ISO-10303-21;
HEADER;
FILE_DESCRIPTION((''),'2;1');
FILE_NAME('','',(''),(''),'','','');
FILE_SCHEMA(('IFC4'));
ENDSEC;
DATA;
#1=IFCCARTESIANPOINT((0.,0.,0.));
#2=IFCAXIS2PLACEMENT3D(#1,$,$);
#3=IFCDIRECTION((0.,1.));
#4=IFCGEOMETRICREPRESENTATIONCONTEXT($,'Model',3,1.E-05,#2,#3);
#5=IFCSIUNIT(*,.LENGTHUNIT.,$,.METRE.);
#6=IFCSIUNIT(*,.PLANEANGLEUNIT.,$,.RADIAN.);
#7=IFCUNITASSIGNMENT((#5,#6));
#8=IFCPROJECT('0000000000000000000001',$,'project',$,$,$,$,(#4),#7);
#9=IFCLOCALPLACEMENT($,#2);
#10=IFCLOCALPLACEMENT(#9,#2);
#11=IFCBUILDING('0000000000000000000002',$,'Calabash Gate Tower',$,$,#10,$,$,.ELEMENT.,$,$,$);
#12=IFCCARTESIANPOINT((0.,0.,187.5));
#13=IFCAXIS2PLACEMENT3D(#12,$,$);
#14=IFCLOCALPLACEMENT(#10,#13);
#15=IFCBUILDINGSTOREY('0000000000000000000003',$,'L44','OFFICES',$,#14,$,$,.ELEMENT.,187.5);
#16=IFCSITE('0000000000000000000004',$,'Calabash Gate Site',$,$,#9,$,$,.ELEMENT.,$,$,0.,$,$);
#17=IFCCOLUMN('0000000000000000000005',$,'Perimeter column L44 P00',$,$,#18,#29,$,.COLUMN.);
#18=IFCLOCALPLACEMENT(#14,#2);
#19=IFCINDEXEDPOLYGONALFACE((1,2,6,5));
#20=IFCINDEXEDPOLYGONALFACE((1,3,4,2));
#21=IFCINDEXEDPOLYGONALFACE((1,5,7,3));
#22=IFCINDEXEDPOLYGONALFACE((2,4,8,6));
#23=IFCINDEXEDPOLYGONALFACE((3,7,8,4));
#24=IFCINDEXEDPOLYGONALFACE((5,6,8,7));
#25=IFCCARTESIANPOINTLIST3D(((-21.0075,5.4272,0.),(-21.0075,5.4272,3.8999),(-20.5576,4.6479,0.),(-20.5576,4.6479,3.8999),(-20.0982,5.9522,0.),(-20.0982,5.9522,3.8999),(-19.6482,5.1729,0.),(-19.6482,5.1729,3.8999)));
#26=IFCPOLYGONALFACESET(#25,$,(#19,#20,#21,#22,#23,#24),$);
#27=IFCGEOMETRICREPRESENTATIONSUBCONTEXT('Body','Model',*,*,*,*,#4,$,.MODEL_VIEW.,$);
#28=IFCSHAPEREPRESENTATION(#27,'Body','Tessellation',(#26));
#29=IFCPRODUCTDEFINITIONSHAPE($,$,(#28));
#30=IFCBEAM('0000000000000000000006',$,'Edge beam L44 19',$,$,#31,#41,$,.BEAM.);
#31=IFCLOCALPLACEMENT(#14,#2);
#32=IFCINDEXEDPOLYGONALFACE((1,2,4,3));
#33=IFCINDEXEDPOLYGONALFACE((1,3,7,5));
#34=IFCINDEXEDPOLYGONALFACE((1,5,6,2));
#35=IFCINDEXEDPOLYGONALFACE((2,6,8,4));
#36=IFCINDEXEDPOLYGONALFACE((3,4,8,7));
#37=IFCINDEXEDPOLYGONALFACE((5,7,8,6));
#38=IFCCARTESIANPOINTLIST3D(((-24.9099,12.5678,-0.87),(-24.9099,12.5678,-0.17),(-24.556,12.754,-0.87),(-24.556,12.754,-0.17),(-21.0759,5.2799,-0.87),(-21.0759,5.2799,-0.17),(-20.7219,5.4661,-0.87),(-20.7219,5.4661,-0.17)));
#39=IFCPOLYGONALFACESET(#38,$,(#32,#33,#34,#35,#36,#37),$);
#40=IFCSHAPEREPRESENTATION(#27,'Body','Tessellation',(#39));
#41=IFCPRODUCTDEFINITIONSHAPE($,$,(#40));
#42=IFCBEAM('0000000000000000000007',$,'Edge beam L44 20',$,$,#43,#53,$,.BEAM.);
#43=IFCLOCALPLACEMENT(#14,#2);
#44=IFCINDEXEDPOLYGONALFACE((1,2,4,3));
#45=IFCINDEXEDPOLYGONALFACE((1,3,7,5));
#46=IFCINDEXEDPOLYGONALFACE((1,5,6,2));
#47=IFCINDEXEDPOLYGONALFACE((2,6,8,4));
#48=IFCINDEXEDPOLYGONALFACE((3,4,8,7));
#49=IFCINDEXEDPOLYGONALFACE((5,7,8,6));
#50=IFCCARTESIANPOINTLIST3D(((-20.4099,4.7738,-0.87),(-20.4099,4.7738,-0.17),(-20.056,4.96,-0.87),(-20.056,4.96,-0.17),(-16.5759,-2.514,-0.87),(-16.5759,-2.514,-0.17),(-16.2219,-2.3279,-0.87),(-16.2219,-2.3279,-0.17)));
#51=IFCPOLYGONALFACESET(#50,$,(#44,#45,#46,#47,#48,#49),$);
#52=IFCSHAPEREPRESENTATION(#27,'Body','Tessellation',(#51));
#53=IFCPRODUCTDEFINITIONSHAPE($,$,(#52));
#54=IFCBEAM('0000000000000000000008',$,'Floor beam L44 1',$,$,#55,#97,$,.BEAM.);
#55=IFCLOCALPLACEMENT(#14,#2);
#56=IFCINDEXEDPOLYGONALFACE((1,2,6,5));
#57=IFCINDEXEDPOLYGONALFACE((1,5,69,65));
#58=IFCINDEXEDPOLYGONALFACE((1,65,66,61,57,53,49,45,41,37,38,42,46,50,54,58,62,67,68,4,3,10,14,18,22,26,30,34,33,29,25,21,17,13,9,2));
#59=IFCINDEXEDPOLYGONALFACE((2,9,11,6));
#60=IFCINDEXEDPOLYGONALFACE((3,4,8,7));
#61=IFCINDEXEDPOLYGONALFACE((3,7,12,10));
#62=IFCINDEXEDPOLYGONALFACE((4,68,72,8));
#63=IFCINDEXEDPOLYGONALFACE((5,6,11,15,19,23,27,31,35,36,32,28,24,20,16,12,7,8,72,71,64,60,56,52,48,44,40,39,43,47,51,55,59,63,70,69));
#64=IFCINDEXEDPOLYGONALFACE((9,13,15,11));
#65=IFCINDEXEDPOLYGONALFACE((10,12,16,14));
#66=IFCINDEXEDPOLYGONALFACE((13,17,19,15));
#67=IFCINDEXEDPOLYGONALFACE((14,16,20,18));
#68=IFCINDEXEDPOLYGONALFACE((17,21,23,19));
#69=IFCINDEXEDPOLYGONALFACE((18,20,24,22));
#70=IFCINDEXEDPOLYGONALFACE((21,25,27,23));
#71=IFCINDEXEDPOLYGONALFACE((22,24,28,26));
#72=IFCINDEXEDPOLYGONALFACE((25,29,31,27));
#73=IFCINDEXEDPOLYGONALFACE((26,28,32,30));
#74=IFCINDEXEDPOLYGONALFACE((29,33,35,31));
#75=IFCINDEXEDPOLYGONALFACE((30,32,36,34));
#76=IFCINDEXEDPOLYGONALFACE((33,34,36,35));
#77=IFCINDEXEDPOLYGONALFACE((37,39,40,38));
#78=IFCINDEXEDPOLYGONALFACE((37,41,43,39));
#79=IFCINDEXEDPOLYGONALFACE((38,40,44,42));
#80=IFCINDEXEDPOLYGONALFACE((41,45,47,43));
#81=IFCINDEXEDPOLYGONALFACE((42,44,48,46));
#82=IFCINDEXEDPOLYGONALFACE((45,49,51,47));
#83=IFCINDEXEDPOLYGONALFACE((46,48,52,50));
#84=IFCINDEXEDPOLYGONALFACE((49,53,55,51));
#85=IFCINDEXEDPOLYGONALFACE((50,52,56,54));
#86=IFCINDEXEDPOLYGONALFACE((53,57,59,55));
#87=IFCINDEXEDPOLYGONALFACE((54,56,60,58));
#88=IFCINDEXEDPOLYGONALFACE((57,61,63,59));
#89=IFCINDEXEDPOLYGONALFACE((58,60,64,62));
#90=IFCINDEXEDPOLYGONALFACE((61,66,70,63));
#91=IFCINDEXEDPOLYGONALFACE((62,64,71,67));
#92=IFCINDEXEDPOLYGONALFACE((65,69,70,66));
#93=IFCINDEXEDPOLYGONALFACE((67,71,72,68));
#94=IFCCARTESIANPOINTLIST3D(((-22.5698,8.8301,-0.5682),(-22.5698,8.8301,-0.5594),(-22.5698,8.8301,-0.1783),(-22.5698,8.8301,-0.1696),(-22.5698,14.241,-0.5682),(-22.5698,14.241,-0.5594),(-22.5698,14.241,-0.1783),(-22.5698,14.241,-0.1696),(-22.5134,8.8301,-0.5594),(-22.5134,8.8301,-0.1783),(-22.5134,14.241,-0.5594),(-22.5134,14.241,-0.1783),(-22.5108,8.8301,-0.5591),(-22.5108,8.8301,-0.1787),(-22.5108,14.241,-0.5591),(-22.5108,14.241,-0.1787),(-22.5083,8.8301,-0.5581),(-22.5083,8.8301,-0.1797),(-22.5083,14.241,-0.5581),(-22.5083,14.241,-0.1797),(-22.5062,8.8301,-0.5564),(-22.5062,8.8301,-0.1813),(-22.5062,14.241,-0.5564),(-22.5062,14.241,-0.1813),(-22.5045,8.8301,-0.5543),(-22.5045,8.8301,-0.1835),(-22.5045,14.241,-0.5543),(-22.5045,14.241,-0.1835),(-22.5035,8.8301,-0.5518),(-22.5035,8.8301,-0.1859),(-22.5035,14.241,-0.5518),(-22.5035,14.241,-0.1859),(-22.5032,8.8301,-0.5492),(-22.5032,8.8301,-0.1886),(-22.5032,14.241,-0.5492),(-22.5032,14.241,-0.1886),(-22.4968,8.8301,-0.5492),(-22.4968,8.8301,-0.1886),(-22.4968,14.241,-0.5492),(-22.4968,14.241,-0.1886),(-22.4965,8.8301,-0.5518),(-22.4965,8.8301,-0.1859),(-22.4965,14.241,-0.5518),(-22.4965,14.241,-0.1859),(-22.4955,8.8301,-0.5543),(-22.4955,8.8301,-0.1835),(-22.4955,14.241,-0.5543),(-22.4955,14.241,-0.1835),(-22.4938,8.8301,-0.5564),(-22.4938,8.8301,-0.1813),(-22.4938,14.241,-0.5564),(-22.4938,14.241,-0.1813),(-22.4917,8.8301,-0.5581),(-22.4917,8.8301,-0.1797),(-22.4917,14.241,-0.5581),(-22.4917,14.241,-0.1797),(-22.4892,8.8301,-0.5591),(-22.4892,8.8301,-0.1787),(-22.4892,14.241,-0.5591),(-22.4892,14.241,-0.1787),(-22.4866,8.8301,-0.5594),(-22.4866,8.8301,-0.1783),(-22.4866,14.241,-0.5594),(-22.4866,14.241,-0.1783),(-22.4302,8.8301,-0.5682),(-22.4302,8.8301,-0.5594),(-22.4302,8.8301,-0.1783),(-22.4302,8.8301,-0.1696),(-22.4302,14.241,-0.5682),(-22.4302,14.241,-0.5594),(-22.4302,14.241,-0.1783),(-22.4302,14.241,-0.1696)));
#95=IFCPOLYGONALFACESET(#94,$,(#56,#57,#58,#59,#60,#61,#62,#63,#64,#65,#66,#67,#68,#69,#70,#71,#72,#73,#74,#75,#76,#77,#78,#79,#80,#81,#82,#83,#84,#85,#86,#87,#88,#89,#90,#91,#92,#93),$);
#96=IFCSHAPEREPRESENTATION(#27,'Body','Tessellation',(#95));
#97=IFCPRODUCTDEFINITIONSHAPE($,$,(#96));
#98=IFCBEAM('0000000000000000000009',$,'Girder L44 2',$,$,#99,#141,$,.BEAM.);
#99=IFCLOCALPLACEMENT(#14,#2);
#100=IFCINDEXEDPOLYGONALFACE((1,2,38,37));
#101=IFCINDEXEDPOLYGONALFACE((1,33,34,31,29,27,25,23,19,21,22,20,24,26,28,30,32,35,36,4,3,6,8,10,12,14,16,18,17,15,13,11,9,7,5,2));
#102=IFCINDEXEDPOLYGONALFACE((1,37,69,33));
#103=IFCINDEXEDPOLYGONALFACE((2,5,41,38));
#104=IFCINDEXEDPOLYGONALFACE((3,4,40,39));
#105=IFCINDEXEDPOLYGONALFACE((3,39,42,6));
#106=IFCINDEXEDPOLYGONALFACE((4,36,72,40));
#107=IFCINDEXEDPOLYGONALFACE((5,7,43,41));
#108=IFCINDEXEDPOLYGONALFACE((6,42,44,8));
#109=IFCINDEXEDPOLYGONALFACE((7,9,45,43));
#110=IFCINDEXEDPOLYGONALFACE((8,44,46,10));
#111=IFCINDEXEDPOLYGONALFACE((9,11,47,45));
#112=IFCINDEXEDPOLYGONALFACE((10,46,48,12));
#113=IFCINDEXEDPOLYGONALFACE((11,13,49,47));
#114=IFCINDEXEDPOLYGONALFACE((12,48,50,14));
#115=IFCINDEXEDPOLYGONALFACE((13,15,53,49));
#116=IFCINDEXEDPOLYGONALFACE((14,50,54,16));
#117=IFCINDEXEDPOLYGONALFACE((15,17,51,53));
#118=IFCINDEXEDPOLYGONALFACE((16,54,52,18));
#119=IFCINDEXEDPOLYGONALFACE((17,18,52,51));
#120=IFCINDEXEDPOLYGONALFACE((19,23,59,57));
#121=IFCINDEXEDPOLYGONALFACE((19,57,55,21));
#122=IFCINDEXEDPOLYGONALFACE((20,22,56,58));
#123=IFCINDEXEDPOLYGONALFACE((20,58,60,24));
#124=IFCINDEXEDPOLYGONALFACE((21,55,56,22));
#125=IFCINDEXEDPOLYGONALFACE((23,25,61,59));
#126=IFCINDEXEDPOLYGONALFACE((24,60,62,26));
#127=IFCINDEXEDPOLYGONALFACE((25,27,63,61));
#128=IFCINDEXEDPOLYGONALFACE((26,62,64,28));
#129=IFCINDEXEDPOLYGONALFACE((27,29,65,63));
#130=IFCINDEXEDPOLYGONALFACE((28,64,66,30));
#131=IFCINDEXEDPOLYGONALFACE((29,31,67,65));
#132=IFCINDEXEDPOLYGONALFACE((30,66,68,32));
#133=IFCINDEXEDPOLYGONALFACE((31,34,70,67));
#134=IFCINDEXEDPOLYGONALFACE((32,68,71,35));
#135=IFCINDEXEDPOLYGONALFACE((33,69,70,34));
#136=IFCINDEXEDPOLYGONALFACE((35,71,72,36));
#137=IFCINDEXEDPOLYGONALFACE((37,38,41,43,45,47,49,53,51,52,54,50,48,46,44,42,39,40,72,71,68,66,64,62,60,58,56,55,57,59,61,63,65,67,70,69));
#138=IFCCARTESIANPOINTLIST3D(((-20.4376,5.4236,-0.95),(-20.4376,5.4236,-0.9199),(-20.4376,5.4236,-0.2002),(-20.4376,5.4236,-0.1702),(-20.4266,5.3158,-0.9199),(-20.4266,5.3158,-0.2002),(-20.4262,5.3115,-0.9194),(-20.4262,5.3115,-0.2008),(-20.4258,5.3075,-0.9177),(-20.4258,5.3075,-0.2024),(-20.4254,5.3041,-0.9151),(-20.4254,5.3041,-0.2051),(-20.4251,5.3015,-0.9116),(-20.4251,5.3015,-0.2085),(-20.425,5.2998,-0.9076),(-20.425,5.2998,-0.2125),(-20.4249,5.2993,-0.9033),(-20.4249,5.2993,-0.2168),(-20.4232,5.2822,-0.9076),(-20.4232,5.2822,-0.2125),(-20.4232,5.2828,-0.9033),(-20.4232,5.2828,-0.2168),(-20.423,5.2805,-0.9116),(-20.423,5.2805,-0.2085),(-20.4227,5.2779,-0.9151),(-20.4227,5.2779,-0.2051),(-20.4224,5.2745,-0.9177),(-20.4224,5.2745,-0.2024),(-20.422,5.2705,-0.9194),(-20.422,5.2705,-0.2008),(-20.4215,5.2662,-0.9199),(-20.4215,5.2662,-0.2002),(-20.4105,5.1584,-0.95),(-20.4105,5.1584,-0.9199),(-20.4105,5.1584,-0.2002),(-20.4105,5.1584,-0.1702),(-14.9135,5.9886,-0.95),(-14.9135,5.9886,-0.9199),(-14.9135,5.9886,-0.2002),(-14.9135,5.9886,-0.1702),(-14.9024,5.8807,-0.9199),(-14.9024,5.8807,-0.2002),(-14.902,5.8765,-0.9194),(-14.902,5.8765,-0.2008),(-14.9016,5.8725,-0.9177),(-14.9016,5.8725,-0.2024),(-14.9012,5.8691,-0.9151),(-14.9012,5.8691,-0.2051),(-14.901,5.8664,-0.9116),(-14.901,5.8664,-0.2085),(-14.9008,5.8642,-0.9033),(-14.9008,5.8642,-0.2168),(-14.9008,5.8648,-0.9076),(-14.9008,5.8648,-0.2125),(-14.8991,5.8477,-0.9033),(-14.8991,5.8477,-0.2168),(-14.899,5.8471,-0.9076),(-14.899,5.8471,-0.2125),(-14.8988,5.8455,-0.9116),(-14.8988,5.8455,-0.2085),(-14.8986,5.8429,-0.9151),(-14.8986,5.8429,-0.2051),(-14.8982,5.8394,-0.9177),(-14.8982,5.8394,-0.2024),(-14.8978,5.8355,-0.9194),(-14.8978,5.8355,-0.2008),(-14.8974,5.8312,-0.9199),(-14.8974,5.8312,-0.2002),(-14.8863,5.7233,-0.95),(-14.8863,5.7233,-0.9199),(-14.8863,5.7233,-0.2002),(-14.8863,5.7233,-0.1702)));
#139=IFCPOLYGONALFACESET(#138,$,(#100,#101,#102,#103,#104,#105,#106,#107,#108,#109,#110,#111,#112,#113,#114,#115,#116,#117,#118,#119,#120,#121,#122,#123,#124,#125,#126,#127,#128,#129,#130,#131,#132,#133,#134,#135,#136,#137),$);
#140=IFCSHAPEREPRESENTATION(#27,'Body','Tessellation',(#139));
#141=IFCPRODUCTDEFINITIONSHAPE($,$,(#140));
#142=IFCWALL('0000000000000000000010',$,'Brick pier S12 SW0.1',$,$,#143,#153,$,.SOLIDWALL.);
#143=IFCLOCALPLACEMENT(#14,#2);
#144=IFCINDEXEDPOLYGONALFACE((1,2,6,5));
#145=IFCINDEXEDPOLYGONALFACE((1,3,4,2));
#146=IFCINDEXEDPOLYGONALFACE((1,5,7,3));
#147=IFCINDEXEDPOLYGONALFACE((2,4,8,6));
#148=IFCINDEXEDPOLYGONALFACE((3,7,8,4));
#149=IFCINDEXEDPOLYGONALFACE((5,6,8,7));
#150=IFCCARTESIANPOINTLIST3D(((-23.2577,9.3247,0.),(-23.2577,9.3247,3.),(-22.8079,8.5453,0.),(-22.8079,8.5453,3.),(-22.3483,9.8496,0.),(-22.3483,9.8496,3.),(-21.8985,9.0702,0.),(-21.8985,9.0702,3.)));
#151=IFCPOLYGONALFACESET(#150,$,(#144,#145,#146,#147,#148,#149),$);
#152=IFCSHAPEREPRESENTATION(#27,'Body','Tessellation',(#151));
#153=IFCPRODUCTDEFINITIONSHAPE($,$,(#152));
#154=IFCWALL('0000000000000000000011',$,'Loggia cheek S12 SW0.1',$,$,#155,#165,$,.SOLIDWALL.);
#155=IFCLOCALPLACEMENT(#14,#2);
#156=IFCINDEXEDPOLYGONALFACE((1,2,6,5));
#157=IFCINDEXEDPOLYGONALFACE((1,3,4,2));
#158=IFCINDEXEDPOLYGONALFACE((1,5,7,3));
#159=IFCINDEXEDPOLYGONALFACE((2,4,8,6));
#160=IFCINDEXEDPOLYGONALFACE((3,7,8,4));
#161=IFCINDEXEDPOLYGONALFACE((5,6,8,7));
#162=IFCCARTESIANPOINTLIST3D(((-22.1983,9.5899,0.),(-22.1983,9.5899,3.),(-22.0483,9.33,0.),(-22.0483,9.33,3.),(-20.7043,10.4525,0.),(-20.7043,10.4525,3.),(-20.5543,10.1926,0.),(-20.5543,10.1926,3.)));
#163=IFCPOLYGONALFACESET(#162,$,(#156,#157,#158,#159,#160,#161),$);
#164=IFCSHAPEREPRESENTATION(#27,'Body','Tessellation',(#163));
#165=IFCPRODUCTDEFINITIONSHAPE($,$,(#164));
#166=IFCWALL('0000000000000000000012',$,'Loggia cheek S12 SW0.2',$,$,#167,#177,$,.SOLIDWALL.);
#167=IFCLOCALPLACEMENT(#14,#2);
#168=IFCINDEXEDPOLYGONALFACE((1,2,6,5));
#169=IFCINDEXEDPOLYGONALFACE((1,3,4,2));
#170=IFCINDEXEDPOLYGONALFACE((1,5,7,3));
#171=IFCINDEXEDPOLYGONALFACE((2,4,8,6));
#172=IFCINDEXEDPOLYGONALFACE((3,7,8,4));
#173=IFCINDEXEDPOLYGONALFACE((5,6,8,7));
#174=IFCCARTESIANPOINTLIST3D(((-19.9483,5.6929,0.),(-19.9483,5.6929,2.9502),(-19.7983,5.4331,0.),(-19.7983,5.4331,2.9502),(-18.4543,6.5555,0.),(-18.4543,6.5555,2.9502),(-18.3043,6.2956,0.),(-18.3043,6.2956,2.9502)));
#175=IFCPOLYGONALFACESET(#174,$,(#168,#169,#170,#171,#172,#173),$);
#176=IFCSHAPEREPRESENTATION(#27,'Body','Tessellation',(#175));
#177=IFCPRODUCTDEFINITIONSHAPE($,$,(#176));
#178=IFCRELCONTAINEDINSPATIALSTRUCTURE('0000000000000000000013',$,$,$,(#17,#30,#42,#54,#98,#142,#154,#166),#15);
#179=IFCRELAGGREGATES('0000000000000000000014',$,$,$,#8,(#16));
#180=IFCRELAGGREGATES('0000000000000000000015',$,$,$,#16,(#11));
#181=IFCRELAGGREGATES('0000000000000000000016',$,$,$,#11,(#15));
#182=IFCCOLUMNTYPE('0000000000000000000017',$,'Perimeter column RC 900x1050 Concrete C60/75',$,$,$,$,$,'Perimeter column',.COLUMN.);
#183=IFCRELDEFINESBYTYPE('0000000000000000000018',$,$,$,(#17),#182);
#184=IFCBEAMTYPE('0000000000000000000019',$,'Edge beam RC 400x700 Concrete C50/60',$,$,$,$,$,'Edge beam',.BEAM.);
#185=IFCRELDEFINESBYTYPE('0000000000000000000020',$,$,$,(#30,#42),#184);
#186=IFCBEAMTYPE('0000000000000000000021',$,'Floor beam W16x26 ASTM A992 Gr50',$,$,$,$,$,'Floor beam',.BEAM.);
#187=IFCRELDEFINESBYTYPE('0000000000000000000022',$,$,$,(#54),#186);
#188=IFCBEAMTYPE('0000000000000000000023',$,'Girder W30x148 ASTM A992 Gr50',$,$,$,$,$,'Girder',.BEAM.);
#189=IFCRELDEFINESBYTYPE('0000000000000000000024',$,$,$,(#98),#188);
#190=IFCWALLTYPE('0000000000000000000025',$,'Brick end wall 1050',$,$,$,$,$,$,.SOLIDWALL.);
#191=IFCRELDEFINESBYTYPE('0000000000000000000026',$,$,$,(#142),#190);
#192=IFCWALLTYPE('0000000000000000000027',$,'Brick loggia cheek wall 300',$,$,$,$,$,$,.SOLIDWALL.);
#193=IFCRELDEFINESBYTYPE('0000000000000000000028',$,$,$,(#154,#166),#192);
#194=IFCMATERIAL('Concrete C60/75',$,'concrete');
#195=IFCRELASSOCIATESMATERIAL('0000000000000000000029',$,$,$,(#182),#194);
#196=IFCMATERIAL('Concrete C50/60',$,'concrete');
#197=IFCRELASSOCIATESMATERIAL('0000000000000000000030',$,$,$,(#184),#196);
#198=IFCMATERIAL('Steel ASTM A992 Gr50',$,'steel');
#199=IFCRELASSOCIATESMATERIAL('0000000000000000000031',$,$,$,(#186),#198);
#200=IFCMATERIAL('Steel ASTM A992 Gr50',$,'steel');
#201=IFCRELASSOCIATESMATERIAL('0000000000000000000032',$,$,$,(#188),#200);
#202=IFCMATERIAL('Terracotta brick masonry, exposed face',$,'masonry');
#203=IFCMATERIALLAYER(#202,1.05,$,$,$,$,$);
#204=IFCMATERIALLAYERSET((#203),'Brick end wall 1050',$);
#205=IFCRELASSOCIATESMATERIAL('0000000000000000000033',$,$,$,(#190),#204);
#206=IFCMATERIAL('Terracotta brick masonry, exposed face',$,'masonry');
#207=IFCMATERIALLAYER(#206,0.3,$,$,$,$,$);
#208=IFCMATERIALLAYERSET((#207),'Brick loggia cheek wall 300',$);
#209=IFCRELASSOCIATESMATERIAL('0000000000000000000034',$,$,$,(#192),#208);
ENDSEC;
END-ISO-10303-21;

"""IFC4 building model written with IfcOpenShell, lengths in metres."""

from ifc_helpers import new_model, si_unit, direction, frame, frame_2d, origin, origin_2d, place, context, subcontext, project, spatial, rectangle, i_section, extrude, material, layer, layer_set, material_profile, profile_set, type_object, element, save


model = new_model("IFC4")

# Units and contexts
model_context = context("Model", 3, precision=1e-05, world=origin(), true_north=direction((0.0, 1.0)))
body_context = subcontext(model_context, "Body", "Model", "MODEL_VIEW")
ifc_project = project(units=[si_unit("LENGTHUNIT", "METRE"), si_unit("PLANEANGLEUNIT", "RADIAN")], contexts=[model_context])

# Site, building, storey
site_placement = place(None, origin())
site = spatial("IfcSite", under=ifc_project, at=site_placement, Name="Calabash Gate Site", CompositionType="ELEMENT", RefElevation=0.0)
building_placement = place(site_placement, origin())
building = spatial("IfcBuilding", under=site, at=building_placement, Name="Calabash Gate Tower", CompositionType="ELEMENT")
storey_placement = place(building_placement, frame((0.0, 0.0, 187.5)))
storey = spatial("IfcBuildingStorey", under=building, at=storey_placement, Name="L44", Description="OFFICES", CompositionType="ELEMENT", Elevation=187.5)

# Column
ifc_material_1 = material(Name="Concrete C60/75", Category="concrete")
ifc_material_profile_1 = material_profile(ifc_material_1, rectangle(XDim=0.8999, YDim=1.05, at=origin_2d()))
ifc_profile_set_1 = profile_set([ifc_material_profile_1], Name="Concrete C60/75")
column_type = type_object("IfcColumnType", Name="Perimeter column RC 900x1050 Concrete C60/75", ElementType="Perimeter column", PredefinedType="COLUMN", material=ifc_profile_set_1)
column_placement = place(storey_placement, frame((-20.3279, 5.3, 0.0), z_axis=(0.0, 0.0, 1.0), x_axis=(0.5, -0.866025, 0.0)))
element("IfcColumn", 1, at=column_placement, inside=storey, type_object=column_type, Name="Perimeter column L44 P00", PredefinedType="COLUMN", context=body_context, shape_type="SweptSolid", body=[
    extrude(rectangle(XDim=0.8999, YDim=1.05, at=origin_2d()), origin(), (0.0, 0.0, 1.0), 3.8999),
])

# Beams
ifc_material_2 = material(Name="Concrete C50/60", Category="concrete")
ifc_material_profile_2 = material_profile(ifc_material_2, rectangle(XDim=0.3999, YDim=0.7, at=origin_2d()))
ifc_profile_set_2 = profile_set([ifc_material_profile_2], Name="Concrete C50/60")
beam_type_1 = type_object("IfcBeamType", Name="Edge beam RC 400x700 Concrete C50/60", ElementType="Edge beam", PredefinedType="BEAM", material=ifc_profile_set_2)
for number, where, z_axis, x_axis, name in (
    (2, (-24.7329, 12.6609, -0.52), (0.465583, -0.885004, 0.0), (0.885004, 0.465583, 0.0), "Edge beam L44 19"),
    (3, (-20.2329, 4.8669, -0.52), (0.465583, -0.885004, 0.0), (0.885004, 0.465583, 0.0), "Edge beam L44 20"),
):
    element("IfcBeam", number, at=place(storey_placement, frame(where, z_axis=z_axis, x_axis=x_axis)), inside=storey, type_object=beam_type_1, Name=name, PredefinedType="BEAM", context=body_context, shape_type="SweptSolid", body=[
        extrude(rectangle(XDim=0.3999, YDim=0.7, at=origin_2d()), origin(), (0.0, 0.0, 1.0), 8.2349),
    ])
ifc_material_3 = material(Name="Steel ASTM A992 Gr50", Category="steel")
ifc_material_profile_3 = material_profile(ifc_material_3, i_section(OverallWidth=0.1396, OverallDepth=0.3987, WebThickness=0.0063, FlangeThickness=0.0088, FilletRadius=0.0103, at=origin_2d()))
ifc_profile_set_3 = profile_set([ifc_material_profile_3], Name="Steel ASTM A992 Gr50")
beam_type_2 = type_object("IfcBeamType", Name="Floor beam W16x26 ASTM A992 Gr50", ElementType="Floor beam", PredefinedType="BEAM", material=ifc_profile_set_3)
beam_1_placement = place(storey_placement, frame((-22.5, 8.8301, -0.3689), z_axis=(0.0, 1.0, 0.0), x_axis=(-1.0, 0.0, 0.0)))
element("IfcBeam", 4, at=beam_1_placement, inside=storey, type_object=beam_type_2, Name="Floor beam L44 1", PredefinedType="BEAM", context=body_context, shape_type="SweptSolid", body=[
    extrude(i_section(OverallWidth=0.1396, OverallDepth=0.3987, WebThickness=0.0063, FlangeThickness=0.0088, FilletRadius=0.0103, at=origin_2d()), origin(), (0.0, 0.0, 1.0), 5.4109),
])
ifc_material_4 = material(Name="Steel ASTM A992 Gr50", Category="steel")
ifc_material_profile_4 = material_profile(ifc_material_4, i_section(OverallWidth=0.2666, OverallDepth=0.7798, WebThickness=0.0166, FlangeThickness=0.03, FilletRadius=0.0166, at=origin_2d()))
ifc_profile_set_4 = profile_set([ifc_material_profile_4], Name="Steel ASTM A992 Gr50")
beam_type_3 = type_object("IfcBeamType", Name="Girder W30x148 ASTM A992 Gr50", ElementType="Girder", PredefinedType="BEAM", material=ifc_profile_set_4)
beam_2_placement = place(storey_placement, frame((-20.4241, 5.291, -0.5601), z_axis=(0.994811, 0.101737, 0.0), x_axis=(-0.101737, 0.994811, 0.0)))
element("IfcBeam", 5, at=beam_2_placement, inside=storey, type_object=beam_type_3, Name="Girder L44 2", PredefinedType="BEAM", context=body_context, shape_type="SweptSolid", body=[
    extrude(i_section(OverallWidth=0.2666, OverallDepth=0.7798, WebThickness=0.0166, FlangeThickness=0.03, FilletRadius=0.0166, at=origin_2d()), origin(), (0.0, 0.0, 1.0), 5.553),
])

# Walls
ifc_material_5 = material(Name="Terracotta brick masonry, exposed face", Category="masonry")
ifc_layer_1 = layer(ifc_material_5, 1.05)
ifc_layer_set_1 = layer_set([ifc_layer_1], Name="Brick end wall 1050")
wall_type_1 = type_object("IfcWallType", Name="Brick end wall 1050", PredefinedType="SOLIDWALL", material=ifc_layer_set_1)
wall_1_placement = place(storey_placement, frame((-23.0327, 8.9351, 0.0), z_axis=(0.0, 0.0, 1.0), x_axis=(0.866089, 0.49989, 0.0)))
element("IfcWall", 6, at=wall_1_placement, inside=storey, type_object=wall_type_1, Name="Brick pier S12 SW0.1", PredefinedType="SOLIDWALL", context=body_context, shape_type="SweptSolid", body=[
    extrude(rectangle(XDim=1.05, YDim=0.8999, at=frame_2d((0.5249, 0.0))), origin(), (0.0, 0.0, 1.0), 3.0),
])
ifc_material_6 = material(Name="Terracotta brick masonry, exposed face", Category="masonry")
ifc_layer_2 = layer(ifc_material_6, 0.3)
ifc_layer_set_2 = layer_set([ifc_layer_2], Name="Brick loggia cheek wall 300")
wall_type_2 = type_object("IfcWallType", Name="Brick loggia cheek wall 300", PredefinedType="SOLIDWALL", material=ifc_layer_set_2)
wall_2_placement = place(storey_placement, frame((-22.1233, 9.46, 0.0), z_axis=(0.0, 0.0, 1.0), x_axis=(0.866014, 0.500021, 0.0)))
element("IfcWall", 7, at=wall_2_placement, inside=storey, type_object=wall_type_2, Name="Loggia cheek S12 SW0.1", PredefinedType="SOLIDWALL", context=body_context, shape_type="SweptSolid", body=[
    extrude(rectangle(XDim=1.7251, YDim=0.3, at=frame_2d((0.8625, 0.0))), origin(), (0.0, 0.0, 1.0), 3.0),
])
wall_3_placement = place(storey_placement, frame((-19.8733, 5.563, 0.0), z_axis=(0.0, 0.0, 1.0), x_axis=(0.866014, 0.500021, 0.0)))
element("IfcWall", 8, at=wall_3_placement, inside=storey, type_object=wall_type_2, Name="Loggia cheek S12 SW0.2", PredefinedType="SOLIDWALL", context=body_context, shape_type="SweptSolid", body=[
    extrude(rectangle(XDim=1.7251, YDim=0.3, at=frame_2d((0.8625, 0.0))), origin(), (0.0, 0.0, 1.0), 2.9502),
])

save(model, "model.ifc")
